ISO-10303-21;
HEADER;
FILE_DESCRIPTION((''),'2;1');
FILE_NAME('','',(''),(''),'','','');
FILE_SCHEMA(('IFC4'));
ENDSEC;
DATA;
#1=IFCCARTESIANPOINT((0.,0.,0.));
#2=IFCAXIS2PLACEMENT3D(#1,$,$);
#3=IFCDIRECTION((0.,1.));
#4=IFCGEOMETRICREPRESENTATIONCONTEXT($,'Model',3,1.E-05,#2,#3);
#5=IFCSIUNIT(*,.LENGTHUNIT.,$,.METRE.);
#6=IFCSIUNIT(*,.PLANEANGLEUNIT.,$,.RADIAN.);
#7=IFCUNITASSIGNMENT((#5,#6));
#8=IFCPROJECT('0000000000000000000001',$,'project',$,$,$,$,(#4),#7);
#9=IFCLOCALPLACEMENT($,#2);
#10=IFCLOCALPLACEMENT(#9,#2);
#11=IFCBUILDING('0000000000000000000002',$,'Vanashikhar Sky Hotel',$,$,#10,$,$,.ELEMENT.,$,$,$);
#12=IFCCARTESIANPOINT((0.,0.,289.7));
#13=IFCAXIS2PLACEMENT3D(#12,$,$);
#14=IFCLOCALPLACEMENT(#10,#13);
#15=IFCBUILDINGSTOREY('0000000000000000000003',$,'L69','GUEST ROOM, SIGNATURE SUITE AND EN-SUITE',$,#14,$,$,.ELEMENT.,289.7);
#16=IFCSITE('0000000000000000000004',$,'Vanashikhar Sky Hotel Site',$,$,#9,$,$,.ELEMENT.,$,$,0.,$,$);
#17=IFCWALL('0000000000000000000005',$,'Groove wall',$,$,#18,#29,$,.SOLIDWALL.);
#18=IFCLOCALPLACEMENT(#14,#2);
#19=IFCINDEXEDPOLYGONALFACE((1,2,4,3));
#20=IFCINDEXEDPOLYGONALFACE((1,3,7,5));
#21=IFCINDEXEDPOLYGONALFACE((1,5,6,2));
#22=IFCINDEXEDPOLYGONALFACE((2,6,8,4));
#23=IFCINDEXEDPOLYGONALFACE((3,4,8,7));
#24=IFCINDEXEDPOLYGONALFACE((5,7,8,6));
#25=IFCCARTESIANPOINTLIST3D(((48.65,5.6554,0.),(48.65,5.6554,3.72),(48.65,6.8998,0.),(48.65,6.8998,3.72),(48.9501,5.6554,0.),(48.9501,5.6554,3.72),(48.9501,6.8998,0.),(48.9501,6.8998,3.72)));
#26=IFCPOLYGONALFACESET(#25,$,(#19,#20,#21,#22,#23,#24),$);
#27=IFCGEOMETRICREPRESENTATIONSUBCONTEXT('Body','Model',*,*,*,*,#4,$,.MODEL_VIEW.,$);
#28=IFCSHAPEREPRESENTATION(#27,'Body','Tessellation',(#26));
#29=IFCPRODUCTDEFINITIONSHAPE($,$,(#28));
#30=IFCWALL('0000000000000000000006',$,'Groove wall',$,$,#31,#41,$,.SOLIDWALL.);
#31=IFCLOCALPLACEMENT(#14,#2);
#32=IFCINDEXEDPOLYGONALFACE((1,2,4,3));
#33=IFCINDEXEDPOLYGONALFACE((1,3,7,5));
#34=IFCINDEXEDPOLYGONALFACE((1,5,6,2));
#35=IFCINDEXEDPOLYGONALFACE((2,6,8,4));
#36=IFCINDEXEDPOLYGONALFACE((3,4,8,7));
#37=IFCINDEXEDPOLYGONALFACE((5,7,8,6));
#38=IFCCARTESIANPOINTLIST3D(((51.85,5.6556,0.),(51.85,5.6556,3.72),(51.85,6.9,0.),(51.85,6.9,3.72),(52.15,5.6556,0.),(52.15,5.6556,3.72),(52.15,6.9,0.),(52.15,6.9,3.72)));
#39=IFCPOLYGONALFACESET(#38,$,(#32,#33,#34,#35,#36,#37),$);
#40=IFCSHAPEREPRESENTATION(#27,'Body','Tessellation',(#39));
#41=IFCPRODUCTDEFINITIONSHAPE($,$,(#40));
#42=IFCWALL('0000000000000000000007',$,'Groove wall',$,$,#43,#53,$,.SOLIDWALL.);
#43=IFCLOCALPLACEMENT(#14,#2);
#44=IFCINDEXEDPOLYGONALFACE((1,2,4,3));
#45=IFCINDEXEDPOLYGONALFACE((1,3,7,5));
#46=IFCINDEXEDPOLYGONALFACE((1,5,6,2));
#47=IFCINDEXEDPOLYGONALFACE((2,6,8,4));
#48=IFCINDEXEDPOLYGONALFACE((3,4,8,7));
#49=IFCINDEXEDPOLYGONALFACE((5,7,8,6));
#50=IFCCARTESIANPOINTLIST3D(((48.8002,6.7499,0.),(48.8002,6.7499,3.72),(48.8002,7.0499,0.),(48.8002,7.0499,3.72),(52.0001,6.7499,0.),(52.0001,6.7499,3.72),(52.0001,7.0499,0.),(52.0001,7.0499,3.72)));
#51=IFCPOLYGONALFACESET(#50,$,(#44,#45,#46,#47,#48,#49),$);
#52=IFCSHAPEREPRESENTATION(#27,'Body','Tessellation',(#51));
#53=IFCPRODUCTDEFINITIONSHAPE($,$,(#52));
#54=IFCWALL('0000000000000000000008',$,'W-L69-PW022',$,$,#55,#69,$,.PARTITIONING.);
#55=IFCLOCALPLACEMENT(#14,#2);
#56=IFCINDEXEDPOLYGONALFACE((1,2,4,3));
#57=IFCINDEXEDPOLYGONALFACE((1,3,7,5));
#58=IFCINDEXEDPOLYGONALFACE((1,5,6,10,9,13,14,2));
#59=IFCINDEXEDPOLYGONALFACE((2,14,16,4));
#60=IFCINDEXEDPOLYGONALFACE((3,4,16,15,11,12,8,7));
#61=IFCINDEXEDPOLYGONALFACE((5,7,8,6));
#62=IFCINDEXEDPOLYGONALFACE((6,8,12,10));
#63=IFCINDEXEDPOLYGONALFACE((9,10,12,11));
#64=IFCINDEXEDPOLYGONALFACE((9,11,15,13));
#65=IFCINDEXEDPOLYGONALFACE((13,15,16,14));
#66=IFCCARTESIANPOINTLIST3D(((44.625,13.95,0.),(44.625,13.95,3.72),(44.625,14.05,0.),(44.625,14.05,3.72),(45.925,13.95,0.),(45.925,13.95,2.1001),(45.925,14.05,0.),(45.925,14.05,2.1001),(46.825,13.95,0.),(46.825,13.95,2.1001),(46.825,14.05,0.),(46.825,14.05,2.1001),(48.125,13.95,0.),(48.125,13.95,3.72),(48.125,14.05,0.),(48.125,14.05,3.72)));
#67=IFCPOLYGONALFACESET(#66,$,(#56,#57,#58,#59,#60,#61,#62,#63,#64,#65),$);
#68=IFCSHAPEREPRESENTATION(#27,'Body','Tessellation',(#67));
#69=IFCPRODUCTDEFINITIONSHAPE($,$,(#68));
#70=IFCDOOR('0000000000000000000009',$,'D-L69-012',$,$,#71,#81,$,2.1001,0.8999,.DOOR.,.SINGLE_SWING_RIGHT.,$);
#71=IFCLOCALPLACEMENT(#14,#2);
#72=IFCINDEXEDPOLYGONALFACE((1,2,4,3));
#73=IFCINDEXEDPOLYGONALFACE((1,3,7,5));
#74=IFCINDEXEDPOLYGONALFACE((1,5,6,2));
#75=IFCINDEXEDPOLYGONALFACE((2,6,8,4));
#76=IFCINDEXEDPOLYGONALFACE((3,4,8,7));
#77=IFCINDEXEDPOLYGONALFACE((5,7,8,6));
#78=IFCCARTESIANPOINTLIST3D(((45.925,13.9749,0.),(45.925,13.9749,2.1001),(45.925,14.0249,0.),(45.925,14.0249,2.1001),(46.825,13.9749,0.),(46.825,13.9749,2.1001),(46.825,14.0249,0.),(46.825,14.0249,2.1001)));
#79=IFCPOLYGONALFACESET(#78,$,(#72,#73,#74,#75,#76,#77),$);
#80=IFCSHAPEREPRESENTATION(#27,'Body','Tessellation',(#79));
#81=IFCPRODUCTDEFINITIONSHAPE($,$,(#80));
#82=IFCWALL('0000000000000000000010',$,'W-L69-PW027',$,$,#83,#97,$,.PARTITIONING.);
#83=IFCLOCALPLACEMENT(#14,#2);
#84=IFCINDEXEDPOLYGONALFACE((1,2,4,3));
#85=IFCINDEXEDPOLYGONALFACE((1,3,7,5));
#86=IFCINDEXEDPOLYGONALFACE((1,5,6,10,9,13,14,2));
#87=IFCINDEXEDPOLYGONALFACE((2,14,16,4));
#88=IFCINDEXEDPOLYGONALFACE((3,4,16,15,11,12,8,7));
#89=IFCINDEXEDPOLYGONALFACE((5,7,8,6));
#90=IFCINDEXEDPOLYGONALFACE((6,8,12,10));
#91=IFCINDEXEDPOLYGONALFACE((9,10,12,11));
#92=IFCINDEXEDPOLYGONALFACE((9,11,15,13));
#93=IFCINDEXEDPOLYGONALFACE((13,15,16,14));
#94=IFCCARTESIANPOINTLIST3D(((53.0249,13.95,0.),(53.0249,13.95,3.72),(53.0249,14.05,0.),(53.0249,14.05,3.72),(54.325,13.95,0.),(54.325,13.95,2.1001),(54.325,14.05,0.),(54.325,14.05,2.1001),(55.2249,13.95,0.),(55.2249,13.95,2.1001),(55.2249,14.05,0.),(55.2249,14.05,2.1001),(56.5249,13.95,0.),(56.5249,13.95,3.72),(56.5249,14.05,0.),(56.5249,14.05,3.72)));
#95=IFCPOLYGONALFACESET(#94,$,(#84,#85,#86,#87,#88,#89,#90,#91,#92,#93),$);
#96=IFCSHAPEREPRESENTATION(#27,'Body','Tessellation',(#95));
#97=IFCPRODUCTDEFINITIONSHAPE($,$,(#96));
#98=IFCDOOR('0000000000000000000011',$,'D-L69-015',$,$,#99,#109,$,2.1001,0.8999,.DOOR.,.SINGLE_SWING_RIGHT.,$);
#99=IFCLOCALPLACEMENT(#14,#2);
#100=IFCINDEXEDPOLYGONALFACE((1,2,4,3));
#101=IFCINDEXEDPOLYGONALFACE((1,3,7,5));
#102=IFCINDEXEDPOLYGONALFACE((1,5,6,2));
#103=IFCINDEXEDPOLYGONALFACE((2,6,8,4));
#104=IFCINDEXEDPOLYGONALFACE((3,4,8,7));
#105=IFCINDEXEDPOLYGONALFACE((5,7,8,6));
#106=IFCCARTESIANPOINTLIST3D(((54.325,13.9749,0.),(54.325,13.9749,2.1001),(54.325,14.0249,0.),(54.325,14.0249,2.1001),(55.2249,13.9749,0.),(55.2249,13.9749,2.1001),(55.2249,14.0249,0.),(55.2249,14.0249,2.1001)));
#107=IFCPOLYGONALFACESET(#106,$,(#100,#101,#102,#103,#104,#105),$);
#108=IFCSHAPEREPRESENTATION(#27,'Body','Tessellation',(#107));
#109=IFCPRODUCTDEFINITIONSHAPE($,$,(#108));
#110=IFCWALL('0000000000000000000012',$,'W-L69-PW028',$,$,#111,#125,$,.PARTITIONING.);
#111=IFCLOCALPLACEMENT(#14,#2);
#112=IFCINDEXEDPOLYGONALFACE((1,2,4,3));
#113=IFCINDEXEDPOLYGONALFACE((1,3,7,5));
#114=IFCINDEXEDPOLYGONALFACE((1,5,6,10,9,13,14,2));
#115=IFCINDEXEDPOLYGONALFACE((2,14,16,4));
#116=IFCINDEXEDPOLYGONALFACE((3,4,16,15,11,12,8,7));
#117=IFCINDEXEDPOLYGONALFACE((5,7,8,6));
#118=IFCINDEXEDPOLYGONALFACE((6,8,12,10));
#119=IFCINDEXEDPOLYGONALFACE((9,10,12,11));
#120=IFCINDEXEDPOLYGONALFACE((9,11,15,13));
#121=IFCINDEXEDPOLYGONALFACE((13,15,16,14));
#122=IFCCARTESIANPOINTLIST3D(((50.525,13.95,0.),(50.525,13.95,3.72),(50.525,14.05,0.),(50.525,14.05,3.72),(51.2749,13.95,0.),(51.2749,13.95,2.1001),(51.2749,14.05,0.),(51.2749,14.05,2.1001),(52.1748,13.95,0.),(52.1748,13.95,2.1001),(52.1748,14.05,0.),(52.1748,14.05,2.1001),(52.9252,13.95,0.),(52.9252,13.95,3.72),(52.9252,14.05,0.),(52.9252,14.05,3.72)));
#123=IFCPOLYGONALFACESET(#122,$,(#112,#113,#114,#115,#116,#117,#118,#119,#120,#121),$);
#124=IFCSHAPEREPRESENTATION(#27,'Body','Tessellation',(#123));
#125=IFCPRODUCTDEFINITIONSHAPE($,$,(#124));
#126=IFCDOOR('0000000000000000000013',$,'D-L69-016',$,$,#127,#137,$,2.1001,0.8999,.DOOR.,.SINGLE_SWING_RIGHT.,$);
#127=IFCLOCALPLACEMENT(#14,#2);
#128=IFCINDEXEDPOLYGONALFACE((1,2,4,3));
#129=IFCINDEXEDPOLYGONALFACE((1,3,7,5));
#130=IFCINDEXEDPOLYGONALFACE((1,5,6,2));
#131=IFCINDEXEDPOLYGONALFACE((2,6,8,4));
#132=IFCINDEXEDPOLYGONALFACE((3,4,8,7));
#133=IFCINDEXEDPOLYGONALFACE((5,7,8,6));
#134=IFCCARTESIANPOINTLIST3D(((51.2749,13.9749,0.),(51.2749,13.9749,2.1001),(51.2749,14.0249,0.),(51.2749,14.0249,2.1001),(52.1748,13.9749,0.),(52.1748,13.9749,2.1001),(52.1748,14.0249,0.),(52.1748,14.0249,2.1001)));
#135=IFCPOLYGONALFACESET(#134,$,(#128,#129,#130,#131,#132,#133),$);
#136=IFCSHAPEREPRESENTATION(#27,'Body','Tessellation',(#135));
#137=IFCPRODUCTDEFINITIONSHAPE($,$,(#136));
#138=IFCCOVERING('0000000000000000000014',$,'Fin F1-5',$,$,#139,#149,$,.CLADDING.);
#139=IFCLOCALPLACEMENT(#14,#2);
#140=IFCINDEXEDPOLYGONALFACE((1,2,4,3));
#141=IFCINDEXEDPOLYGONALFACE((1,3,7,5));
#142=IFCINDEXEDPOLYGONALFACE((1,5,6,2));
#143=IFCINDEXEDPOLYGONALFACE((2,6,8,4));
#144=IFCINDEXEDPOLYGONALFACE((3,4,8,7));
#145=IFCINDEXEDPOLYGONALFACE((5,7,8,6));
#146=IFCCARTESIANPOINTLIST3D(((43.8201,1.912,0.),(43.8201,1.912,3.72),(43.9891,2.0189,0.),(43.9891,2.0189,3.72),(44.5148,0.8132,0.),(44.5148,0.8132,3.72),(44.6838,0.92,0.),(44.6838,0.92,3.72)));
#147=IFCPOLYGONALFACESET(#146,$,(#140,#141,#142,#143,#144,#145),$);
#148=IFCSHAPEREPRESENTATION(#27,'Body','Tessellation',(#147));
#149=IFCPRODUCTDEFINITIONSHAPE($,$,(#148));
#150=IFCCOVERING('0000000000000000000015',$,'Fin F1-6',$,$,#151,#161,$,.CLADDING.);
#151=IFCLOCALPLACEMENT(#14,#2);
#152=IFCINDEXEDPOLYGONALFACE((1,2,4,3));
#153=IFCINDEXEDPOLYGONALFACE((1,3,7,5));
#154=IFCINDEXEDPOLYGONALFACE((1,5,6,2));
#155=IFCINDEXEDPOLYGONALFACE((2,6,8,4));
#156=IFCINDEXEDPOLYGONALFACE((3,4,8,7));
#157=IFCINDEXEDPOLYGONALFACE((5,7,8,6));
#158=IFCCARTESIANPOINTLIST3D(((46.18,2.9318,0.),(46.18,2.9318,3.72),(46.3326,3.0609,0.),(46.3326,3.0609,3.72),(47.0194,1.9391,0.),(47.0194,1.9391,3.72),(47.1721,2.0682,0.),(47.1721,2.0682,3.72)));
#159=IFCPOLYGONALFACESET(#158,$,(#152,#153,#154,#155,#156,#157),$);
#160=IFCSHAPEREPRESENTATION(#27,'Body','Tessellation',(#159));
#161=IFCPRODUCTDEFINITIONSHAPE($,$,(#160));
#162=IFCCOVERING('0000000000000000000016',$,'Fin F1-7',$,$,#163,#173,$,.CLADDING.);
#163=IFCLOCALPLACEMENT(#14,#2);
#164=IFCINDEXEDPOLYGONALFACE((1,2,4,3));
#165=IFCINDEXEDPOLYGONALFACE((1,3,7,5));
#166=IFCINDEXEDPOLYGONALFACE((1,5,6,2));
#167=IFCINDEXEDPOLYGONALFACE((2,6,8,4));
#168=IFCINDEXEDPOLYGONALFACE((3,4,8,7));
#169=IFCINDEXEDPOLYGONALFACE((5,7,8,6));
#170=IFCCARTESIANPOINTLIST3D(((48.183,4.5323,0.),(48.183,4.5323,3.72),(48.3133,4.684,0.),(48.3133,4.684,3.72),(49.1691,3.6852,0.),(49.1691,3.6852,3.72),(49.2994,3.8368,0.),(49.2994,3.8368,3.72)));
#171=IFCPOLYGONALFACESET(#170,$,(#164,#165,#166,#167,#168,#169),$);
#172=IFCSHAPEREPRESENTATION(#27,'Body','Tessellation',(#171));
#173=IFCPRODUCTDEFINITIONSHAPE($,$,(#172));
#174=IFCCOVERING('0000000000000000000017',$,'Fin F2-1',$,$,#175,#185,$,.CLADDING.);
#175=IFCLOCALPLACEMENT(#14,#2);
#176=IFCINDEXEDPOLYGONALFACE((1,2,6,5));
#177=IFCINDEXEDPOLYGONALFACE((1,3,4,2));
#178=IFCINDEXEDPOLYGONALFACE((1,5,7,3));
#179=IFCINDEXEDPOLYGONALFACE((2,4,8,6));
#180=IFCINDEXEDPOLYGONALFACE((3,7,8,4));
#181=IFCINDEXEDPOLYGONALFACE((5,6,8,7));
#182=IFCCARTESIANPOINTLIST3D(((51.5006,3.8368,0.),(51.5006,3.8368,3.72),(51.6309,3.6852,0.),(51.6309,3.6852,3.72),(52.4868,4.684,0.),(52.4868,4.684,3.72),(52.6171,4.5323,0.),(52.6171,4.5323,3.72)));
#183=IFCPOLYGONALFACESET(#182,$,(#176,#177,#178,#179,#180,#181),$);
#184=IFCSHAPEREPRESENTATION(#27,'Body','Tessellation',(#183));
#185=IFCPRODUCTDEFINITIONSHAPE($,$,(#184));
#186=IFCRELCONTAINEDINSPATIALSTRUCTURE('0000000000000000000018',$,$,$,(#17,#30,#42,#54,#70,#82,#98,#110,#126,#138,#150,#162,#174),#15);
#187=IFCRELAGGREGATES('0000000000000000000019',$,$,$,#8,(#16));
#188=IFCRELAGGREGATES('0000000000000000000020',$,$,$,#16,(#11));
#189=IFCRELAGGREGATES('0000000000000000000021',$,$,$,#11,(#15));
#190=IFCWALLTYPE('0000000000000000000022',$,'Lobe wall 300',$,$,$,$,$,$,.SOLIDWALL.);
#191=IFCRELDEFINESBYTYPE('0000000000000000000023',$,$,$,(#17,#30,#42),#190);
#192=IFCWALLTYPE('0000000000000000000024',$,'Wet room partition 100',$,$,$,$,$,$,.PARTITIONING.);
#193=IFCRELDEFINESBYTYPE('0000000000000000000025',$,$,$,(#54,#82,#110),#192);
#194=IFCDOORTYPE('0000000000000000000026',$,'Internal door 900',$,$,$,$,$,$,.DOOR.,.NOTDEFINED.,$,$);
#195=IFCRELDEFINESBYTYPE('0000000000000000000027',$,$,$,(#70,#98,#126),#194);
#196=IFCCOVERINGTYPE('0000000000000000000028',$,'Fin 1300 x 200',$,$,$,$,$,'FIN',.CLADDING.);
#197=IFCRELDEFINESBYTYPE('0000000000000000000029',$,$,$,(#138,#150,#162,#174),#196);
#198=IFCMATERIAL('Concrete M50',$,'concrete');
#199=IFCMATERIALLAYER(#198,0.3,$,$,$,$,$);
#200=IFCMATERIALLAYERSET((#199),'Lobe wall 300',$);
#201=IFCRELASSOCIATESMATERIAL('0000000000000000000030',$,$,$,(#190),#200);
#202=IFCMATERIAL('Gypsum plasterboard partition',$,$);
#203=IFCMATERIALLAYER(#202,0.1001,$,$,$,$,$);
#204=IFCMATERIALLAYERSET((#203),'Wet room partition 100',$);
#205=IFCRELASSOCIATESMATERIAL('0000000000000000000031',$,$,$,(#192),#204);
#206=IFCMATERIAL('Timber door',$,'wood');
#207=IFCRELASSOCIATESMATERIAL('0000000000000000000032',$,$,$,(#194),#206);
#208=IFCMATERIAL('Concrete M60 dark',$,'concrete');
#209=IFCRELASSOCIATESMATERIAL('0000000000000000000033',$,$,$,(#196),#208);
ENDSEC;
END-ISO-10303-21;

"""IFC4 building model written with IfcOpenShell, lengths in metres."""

from ifc_helpers import new_model, si_unit, direction, frame, frame_2d, origin, origin_2d, place, context, subcontext, project, spatial, rectangle, extrude, source, transform, mapped, material, layer, layer_set, material_profile, profile_set, type_object, element, fill, save


model = new_model("IFC4")

# Units and contexts
model_context = context("Model", 3, precision=1e-05, world=origin(), true_north=direction((0.0, 1.0)))
body_context = subcontext(model_context, "Body", "Model", "MODEL_VIEW")
ifc_project = project(units=[si_unit("LENGTHUNIT", "METRE"), si_unit("PLANEANGLEUNIT", "RADIAN")], contexts=[model_context])

# Site, building, storey
site_placement = place(None, origin())
site = spatial("IfcSite", under=ifc_project, at=site_placement, Name="Vanashikhar Sky Hotel Site", CompositionType="ELEMENT", RefElevation=0.0)
building_placement = place(site_placement, origin())
building = spatial("IfcBuilding", under=site, at=building_placement, Name="Vanashikhar Sky Hotel", CompositionType="ELEMENT")
storey_placement = place(building_placement, frame((0.0, 0.0, 289.7)))
storey = spatial("IfcBuildingStorey", under=building, at=storey_placement, Name="L69", Description="GUEST ROOM, SIGNATURE SUITE AND EN-SUITE", CompositionType="ELEMENT", Elevation=289.7)

# Shared definitions
ifc_material_1 = material(Name="Concrete M50", Category="concrete")

# Shared definitions
ifc_layer_1 = layer(ifc_material_1, 0.3)
ifc_layer_set_1 = layer_set([ifc_layer_1], Name="Lobe wall 300")
wall_type_1 = type_object("IfcWallType", Name="Lobe wall 300", PredefinedType="SOLIDWALL", material=ifc_layer_set_1)

# Walls
shared_shape_1 = source(origin(), body_context, "Body", "SweptSolid", [
    extrude(rectangle(XDim=1.2444, YDim=0.3, at=frame_2d((0.6221, 0.0))), origin(), (0.0, 0.0, 1.0), 3.72),
])
for number, where, z_axis, x_axis, name in (
    (1, (48.8, 5.6555, 0.0), (0.0, 0.0, 1.0), (0.0, 1.0, 0.0), "Groove wall"),
    (2, (52.0, 6.8999, 0.0), (0.0, 0.0, 1.0), (0.0, -1.0, 0.0), "Groove wall"),
):
    element("IfcWall", number, at=place(storey_placement, frame(where, z_axis=z_axis, x_axis=x_axis)), inside=storey, type_object=wall_type_1, Name=name, PredefinedType="SOLIDWALL", context=body_context, shape_type="MappedRepresentation", body=[
        mapped(shared_shape_1, transform((0.0, 0.0, 0.0), scale=1.0)),
    ])
shared_shape_2 = source(origin(), body_context, "Body", "SweptSolid", [
    extrude(rectangle(XDim=3.2, YDim=0.3, at=frame_2d((1.6001, 0.0))), origin(), (0.0, 0.0, 1.0), 3.72),
])
wall_1_placement = place(storey_placement, frame((48.8, 6.8999, 0.0), z_axis=(0.0, 0.0, 1.0), x_axis=(1.0, 0.0, 0.0)))
element("IfcWall", 3, at=wall_1_placement, inside=storey, type_object=wall_type_1, Name="Groove wall", PredefinedType="SOLIDWALL", context=body_context, shape_type="MappedRepresentation", body=[
    mapped(shared_shape_2, transform((0.0, 0.0, 0.0), scale=1.0)),
])

# Walls, openings, doors
ifc_material_2 = material(Name="Gypsum plasterboard partition")
ifc_layer_2 = layer(ifc_material_2, 0.1001)
ifc_layer_set_2 = layer_set([ifc_layer_2], Name="Wet room partition 100")
wall_type_2 = type_object("IfcWallType", Name="Wet room partition 100", PredefinedType="PARTITIONING", material=ifc_layer_set_2)
shared_shape_3 = source(origin(), body_context, "Body", "SweptSolid", [
    extrude(rectangle(XDim=3.5, YDim=0.1001, at=frame_2d((1.75, 0.0))), origin(), (0.0, 0.0, 1.0), 3.72),
])
wall_2_placement = place(storey_placement, frame((44.625, 14.0, 0.0), z_axis=(0.0, 0.0, 1.0), x_axis=(1.0, 0.0, 0.0)))
wall_2 = element("IfcWall", 4, at=wall_2_placement, inside=storey, type_object=wall_type_2, Name="W-L69-PW022", PredefinedType="PARTITIONING", context=body_context, shape_type="MappedRepresentation", body=[
    mapped(shared_shape_3, transform((0.0, 0.0, 0.0), scale=1.0)),
])
shared_shape_4 = source(origin(), body_context, "Body", "SweptSolid", [
    extrude(rectangle(XDim=0.8999, YDim=2.1001, at=frame_2d((0.45, 1.05))), frame((0.0, 0.0601, 0.0), z_axis=(0.0, -1.0, 0.0), x_axis=(1.0, 0.0, 0.0)), (0.0, 0.0, 1.0), 0.1201),
])
opening_1_placement = place(wall_2_placement, frame((1.3, 0.0, 0.0)))
opening_1 = element("IfcOpeningElement", 5, at=opening_1_placement, cuts=wall_2, PredefinedType="OPENING", context=body_context, shape_type="MappedRepresentation", body=[
    mapped(shared_shape_4, transform((0.0, 0.0, 0.0), scale=1.0)),
])
ifc_material_3 = material(Name="Timber door", Category="wood")
door_type = type_object("IfcDoorType", Name="Internal door 900", OperationType="NOTDEFINED", PredefinedType="DOOR", material=ifc_material_3)
shared_shape_5 = source(origin(), body_context, "Body", "SweptSolid", [
    extrude(rectangle(XDim=0.8999, YDim=2.1001, at=frame_2d((0.45, 1.05))), frame((0.0, 0.0249, 0.0), z_axis=(0.0, -1.0, 0.0), x_axis=(1.0, 0.0, 0.0)), (0.0, 0.0, 1.0), 0.05),
])
door_1_placement = place(opening_1_placement, origin())
door_1 = element("IfcDoor", 6, at=door_1_placement, inside=storey, type_object=door_type, Name="D-L69-012", OperationType="SINGLE_SWING_RIGHT", OverallHeight=2.1001, OverallWidth=0.8999, PredefinedType="DOOR", context=body_context, shape_type="MappedRepresentation", body=[
    mapped(shared_shape_5, transform((0.0, 0.0, 0.0), scale=1.0)),
])
fill(opening_1, door_1)
wall_3_placement = place(storey_placement, frame((53.0249, 14.0, 0.0), z_axis=(0.0, 0.0, 1.0), x_axis=(1.0, 0.0, 0.0)))
wall_3 = element("IfcWall", 7, at=wall_3_placement, inside=storey, type_object=wall_type_2, Name="W-L69-PW027", PredefinedType="PARTITIONING", context=body_context, shape_type="MappedRepresentation", body=[
    mapped(shared_shape_3, transform((0.0, 0.0, 0.0), scale=1.0)),
])
opening_2_placement = place(wall_3_placement, frame((1.3, 0.0, 0.0)))
opening_2 = element("IfcOpeningElement", 8, at=opening_2_placement, cuts=wall_3, PredefinedType="OPENING", context=body_context, shape_type="MappedRepresentation", body=[
    mapped(shared_shape_4, transform((0.0, 0.0, 0.0), scale=1.0)),
])
door_2_placement = place(opening_2_placement, origin())
door_2 = element("IfcDoor", 9, at=door_2_placement, inside=storey, type_object=door_type, Name="D-L69-015", OperationType="SINGLE_SWING_RIGHT", OverallHeight=2.1001, OverallWidth=0.8999, PredefinedType="DOOR", context=body_context, shape_type="MappedRepresentation", body=[
    mapped(shared_shape_5, transform((0.0, 0.0, 0.0), scale=1.0)),
])
fill(opening_2, door_2)
shared_shape_6 = source(origin(), body_context, "Body", "SweptSolid", [
    extrude(rectangle(XDim=2.4001, YDim=0.1001, at=frame_2d((1.2002, 0.0))), origin(), (0.0, 0.0, 1.0), 3.72),
])
wall_4_placement = place(storey_placement, frame((50.5249, 14.0, 0.0), z_axis=(0.0, 0.0, 1.0), x_axis=(1.0, 0.0, 0.0)))
wall_4 = element("IfcWall", 10, at=wall_4_placement, inside=storey, type_object=wall_type_2, Name="W-L69-PW028", PredefinedType="PARTITIONING", context=body_context, shape_type="MappedRepresentation", body=[
    mapped(shared_shape_6, transform((0.0, 0.0, 0.0), scale=1.0)),
])
opening_3_placement = place(wall_4_placement, frame((0.75, 0.0, 0.0)))
opening_3 = element("IfcOpeningElement", 11, at=opening_3_placement, cuts=wall_4, PredefinedType="OPENING", context=body_context, shape_type="MappedRepresentation", body=[
    mapped(shared_shape_4, transform((0.0, 0.0, 0.0), scale=1.0)),
])
door_3_placement = place(opening_3_placement, origin())
door_3 = element("IfcDoor", 12, at=door_3_placement, inside=storey, type_object=door_type, Name="D-L69-016", OperationType="SINGLE_SWING_RIGHT", OverallHeight=2.1001, OverallWidth=0.8999, PredefinedType="DOOR", context=body_context, shape_type="MappedRepresentation", body=[
    mapped(shared_shape_5, transform((0.0, 0.0, 0.0), scale=1.0)),
])
fill(opening_3, door_3)

# Coverings
ifc_material_4 = material(Name="Concrete M60 dark", Category="concrete")
ifc_material_profile = material_profile(ifc_material_4, rectangle(XDim=1.3, YDim=0.2, at=origin_2d()))
ifc_profile_set = profile_set([ifc_material_profile], Name="Fin 1300 x 200")
covering_type = type_object("IfcCoveringType", Name="Fin 1300 x 200", ElementType="FIN", PredefinedType="CLADDING", material=ifc_profile_set)
shared_shape_7 = source(origin(), body_context, "Body", "SweptSolid", [
    extrude(rectangle(XDim=1.3, YDim=0.2, at=origin_2d()), origin(), (0.0, 0.0, 1.0), 3.72),
])
for number, where, z_axis, x_axis, name in (
    (13, (44.252, 1.416, 0.0), (0.0, 0.0, 1.0), (0.534411, -0.845225, 0.0), "Fin F1-5"),
    (14, (46.676, 2.5, 0.0), (0.0, 0.0, 1.0), (0.645698, -0.763593, 0.0), "Fin F1-6"),
    (15, (48.7412, 4.1846, 0.0), (0.0, 0.0, 1.0), (0.758544, -0.651622, 0.0), "Fin F1-7"),
    (16, (52.0588, 4.1846, 0.0), (0.0, 0.0, 1.0), (-0.758544, -0.651622, 0.0), "Fin F2-1"),
):
    element("IfcCovering", number, at=place(storey_placement, frame(where, z_axis=z_axis, x_axis=x_axis)), inside=storey, type_object=covering_type, Name=name, PredefinedType="CLADDING", context=body_context, shape_type="MappedRepresentation", body=[
        mapped(shared_shape_7, transform((0.0, 0.0, 0.0), scale=1.0)),
    ])

save(model, "model.ifc")
